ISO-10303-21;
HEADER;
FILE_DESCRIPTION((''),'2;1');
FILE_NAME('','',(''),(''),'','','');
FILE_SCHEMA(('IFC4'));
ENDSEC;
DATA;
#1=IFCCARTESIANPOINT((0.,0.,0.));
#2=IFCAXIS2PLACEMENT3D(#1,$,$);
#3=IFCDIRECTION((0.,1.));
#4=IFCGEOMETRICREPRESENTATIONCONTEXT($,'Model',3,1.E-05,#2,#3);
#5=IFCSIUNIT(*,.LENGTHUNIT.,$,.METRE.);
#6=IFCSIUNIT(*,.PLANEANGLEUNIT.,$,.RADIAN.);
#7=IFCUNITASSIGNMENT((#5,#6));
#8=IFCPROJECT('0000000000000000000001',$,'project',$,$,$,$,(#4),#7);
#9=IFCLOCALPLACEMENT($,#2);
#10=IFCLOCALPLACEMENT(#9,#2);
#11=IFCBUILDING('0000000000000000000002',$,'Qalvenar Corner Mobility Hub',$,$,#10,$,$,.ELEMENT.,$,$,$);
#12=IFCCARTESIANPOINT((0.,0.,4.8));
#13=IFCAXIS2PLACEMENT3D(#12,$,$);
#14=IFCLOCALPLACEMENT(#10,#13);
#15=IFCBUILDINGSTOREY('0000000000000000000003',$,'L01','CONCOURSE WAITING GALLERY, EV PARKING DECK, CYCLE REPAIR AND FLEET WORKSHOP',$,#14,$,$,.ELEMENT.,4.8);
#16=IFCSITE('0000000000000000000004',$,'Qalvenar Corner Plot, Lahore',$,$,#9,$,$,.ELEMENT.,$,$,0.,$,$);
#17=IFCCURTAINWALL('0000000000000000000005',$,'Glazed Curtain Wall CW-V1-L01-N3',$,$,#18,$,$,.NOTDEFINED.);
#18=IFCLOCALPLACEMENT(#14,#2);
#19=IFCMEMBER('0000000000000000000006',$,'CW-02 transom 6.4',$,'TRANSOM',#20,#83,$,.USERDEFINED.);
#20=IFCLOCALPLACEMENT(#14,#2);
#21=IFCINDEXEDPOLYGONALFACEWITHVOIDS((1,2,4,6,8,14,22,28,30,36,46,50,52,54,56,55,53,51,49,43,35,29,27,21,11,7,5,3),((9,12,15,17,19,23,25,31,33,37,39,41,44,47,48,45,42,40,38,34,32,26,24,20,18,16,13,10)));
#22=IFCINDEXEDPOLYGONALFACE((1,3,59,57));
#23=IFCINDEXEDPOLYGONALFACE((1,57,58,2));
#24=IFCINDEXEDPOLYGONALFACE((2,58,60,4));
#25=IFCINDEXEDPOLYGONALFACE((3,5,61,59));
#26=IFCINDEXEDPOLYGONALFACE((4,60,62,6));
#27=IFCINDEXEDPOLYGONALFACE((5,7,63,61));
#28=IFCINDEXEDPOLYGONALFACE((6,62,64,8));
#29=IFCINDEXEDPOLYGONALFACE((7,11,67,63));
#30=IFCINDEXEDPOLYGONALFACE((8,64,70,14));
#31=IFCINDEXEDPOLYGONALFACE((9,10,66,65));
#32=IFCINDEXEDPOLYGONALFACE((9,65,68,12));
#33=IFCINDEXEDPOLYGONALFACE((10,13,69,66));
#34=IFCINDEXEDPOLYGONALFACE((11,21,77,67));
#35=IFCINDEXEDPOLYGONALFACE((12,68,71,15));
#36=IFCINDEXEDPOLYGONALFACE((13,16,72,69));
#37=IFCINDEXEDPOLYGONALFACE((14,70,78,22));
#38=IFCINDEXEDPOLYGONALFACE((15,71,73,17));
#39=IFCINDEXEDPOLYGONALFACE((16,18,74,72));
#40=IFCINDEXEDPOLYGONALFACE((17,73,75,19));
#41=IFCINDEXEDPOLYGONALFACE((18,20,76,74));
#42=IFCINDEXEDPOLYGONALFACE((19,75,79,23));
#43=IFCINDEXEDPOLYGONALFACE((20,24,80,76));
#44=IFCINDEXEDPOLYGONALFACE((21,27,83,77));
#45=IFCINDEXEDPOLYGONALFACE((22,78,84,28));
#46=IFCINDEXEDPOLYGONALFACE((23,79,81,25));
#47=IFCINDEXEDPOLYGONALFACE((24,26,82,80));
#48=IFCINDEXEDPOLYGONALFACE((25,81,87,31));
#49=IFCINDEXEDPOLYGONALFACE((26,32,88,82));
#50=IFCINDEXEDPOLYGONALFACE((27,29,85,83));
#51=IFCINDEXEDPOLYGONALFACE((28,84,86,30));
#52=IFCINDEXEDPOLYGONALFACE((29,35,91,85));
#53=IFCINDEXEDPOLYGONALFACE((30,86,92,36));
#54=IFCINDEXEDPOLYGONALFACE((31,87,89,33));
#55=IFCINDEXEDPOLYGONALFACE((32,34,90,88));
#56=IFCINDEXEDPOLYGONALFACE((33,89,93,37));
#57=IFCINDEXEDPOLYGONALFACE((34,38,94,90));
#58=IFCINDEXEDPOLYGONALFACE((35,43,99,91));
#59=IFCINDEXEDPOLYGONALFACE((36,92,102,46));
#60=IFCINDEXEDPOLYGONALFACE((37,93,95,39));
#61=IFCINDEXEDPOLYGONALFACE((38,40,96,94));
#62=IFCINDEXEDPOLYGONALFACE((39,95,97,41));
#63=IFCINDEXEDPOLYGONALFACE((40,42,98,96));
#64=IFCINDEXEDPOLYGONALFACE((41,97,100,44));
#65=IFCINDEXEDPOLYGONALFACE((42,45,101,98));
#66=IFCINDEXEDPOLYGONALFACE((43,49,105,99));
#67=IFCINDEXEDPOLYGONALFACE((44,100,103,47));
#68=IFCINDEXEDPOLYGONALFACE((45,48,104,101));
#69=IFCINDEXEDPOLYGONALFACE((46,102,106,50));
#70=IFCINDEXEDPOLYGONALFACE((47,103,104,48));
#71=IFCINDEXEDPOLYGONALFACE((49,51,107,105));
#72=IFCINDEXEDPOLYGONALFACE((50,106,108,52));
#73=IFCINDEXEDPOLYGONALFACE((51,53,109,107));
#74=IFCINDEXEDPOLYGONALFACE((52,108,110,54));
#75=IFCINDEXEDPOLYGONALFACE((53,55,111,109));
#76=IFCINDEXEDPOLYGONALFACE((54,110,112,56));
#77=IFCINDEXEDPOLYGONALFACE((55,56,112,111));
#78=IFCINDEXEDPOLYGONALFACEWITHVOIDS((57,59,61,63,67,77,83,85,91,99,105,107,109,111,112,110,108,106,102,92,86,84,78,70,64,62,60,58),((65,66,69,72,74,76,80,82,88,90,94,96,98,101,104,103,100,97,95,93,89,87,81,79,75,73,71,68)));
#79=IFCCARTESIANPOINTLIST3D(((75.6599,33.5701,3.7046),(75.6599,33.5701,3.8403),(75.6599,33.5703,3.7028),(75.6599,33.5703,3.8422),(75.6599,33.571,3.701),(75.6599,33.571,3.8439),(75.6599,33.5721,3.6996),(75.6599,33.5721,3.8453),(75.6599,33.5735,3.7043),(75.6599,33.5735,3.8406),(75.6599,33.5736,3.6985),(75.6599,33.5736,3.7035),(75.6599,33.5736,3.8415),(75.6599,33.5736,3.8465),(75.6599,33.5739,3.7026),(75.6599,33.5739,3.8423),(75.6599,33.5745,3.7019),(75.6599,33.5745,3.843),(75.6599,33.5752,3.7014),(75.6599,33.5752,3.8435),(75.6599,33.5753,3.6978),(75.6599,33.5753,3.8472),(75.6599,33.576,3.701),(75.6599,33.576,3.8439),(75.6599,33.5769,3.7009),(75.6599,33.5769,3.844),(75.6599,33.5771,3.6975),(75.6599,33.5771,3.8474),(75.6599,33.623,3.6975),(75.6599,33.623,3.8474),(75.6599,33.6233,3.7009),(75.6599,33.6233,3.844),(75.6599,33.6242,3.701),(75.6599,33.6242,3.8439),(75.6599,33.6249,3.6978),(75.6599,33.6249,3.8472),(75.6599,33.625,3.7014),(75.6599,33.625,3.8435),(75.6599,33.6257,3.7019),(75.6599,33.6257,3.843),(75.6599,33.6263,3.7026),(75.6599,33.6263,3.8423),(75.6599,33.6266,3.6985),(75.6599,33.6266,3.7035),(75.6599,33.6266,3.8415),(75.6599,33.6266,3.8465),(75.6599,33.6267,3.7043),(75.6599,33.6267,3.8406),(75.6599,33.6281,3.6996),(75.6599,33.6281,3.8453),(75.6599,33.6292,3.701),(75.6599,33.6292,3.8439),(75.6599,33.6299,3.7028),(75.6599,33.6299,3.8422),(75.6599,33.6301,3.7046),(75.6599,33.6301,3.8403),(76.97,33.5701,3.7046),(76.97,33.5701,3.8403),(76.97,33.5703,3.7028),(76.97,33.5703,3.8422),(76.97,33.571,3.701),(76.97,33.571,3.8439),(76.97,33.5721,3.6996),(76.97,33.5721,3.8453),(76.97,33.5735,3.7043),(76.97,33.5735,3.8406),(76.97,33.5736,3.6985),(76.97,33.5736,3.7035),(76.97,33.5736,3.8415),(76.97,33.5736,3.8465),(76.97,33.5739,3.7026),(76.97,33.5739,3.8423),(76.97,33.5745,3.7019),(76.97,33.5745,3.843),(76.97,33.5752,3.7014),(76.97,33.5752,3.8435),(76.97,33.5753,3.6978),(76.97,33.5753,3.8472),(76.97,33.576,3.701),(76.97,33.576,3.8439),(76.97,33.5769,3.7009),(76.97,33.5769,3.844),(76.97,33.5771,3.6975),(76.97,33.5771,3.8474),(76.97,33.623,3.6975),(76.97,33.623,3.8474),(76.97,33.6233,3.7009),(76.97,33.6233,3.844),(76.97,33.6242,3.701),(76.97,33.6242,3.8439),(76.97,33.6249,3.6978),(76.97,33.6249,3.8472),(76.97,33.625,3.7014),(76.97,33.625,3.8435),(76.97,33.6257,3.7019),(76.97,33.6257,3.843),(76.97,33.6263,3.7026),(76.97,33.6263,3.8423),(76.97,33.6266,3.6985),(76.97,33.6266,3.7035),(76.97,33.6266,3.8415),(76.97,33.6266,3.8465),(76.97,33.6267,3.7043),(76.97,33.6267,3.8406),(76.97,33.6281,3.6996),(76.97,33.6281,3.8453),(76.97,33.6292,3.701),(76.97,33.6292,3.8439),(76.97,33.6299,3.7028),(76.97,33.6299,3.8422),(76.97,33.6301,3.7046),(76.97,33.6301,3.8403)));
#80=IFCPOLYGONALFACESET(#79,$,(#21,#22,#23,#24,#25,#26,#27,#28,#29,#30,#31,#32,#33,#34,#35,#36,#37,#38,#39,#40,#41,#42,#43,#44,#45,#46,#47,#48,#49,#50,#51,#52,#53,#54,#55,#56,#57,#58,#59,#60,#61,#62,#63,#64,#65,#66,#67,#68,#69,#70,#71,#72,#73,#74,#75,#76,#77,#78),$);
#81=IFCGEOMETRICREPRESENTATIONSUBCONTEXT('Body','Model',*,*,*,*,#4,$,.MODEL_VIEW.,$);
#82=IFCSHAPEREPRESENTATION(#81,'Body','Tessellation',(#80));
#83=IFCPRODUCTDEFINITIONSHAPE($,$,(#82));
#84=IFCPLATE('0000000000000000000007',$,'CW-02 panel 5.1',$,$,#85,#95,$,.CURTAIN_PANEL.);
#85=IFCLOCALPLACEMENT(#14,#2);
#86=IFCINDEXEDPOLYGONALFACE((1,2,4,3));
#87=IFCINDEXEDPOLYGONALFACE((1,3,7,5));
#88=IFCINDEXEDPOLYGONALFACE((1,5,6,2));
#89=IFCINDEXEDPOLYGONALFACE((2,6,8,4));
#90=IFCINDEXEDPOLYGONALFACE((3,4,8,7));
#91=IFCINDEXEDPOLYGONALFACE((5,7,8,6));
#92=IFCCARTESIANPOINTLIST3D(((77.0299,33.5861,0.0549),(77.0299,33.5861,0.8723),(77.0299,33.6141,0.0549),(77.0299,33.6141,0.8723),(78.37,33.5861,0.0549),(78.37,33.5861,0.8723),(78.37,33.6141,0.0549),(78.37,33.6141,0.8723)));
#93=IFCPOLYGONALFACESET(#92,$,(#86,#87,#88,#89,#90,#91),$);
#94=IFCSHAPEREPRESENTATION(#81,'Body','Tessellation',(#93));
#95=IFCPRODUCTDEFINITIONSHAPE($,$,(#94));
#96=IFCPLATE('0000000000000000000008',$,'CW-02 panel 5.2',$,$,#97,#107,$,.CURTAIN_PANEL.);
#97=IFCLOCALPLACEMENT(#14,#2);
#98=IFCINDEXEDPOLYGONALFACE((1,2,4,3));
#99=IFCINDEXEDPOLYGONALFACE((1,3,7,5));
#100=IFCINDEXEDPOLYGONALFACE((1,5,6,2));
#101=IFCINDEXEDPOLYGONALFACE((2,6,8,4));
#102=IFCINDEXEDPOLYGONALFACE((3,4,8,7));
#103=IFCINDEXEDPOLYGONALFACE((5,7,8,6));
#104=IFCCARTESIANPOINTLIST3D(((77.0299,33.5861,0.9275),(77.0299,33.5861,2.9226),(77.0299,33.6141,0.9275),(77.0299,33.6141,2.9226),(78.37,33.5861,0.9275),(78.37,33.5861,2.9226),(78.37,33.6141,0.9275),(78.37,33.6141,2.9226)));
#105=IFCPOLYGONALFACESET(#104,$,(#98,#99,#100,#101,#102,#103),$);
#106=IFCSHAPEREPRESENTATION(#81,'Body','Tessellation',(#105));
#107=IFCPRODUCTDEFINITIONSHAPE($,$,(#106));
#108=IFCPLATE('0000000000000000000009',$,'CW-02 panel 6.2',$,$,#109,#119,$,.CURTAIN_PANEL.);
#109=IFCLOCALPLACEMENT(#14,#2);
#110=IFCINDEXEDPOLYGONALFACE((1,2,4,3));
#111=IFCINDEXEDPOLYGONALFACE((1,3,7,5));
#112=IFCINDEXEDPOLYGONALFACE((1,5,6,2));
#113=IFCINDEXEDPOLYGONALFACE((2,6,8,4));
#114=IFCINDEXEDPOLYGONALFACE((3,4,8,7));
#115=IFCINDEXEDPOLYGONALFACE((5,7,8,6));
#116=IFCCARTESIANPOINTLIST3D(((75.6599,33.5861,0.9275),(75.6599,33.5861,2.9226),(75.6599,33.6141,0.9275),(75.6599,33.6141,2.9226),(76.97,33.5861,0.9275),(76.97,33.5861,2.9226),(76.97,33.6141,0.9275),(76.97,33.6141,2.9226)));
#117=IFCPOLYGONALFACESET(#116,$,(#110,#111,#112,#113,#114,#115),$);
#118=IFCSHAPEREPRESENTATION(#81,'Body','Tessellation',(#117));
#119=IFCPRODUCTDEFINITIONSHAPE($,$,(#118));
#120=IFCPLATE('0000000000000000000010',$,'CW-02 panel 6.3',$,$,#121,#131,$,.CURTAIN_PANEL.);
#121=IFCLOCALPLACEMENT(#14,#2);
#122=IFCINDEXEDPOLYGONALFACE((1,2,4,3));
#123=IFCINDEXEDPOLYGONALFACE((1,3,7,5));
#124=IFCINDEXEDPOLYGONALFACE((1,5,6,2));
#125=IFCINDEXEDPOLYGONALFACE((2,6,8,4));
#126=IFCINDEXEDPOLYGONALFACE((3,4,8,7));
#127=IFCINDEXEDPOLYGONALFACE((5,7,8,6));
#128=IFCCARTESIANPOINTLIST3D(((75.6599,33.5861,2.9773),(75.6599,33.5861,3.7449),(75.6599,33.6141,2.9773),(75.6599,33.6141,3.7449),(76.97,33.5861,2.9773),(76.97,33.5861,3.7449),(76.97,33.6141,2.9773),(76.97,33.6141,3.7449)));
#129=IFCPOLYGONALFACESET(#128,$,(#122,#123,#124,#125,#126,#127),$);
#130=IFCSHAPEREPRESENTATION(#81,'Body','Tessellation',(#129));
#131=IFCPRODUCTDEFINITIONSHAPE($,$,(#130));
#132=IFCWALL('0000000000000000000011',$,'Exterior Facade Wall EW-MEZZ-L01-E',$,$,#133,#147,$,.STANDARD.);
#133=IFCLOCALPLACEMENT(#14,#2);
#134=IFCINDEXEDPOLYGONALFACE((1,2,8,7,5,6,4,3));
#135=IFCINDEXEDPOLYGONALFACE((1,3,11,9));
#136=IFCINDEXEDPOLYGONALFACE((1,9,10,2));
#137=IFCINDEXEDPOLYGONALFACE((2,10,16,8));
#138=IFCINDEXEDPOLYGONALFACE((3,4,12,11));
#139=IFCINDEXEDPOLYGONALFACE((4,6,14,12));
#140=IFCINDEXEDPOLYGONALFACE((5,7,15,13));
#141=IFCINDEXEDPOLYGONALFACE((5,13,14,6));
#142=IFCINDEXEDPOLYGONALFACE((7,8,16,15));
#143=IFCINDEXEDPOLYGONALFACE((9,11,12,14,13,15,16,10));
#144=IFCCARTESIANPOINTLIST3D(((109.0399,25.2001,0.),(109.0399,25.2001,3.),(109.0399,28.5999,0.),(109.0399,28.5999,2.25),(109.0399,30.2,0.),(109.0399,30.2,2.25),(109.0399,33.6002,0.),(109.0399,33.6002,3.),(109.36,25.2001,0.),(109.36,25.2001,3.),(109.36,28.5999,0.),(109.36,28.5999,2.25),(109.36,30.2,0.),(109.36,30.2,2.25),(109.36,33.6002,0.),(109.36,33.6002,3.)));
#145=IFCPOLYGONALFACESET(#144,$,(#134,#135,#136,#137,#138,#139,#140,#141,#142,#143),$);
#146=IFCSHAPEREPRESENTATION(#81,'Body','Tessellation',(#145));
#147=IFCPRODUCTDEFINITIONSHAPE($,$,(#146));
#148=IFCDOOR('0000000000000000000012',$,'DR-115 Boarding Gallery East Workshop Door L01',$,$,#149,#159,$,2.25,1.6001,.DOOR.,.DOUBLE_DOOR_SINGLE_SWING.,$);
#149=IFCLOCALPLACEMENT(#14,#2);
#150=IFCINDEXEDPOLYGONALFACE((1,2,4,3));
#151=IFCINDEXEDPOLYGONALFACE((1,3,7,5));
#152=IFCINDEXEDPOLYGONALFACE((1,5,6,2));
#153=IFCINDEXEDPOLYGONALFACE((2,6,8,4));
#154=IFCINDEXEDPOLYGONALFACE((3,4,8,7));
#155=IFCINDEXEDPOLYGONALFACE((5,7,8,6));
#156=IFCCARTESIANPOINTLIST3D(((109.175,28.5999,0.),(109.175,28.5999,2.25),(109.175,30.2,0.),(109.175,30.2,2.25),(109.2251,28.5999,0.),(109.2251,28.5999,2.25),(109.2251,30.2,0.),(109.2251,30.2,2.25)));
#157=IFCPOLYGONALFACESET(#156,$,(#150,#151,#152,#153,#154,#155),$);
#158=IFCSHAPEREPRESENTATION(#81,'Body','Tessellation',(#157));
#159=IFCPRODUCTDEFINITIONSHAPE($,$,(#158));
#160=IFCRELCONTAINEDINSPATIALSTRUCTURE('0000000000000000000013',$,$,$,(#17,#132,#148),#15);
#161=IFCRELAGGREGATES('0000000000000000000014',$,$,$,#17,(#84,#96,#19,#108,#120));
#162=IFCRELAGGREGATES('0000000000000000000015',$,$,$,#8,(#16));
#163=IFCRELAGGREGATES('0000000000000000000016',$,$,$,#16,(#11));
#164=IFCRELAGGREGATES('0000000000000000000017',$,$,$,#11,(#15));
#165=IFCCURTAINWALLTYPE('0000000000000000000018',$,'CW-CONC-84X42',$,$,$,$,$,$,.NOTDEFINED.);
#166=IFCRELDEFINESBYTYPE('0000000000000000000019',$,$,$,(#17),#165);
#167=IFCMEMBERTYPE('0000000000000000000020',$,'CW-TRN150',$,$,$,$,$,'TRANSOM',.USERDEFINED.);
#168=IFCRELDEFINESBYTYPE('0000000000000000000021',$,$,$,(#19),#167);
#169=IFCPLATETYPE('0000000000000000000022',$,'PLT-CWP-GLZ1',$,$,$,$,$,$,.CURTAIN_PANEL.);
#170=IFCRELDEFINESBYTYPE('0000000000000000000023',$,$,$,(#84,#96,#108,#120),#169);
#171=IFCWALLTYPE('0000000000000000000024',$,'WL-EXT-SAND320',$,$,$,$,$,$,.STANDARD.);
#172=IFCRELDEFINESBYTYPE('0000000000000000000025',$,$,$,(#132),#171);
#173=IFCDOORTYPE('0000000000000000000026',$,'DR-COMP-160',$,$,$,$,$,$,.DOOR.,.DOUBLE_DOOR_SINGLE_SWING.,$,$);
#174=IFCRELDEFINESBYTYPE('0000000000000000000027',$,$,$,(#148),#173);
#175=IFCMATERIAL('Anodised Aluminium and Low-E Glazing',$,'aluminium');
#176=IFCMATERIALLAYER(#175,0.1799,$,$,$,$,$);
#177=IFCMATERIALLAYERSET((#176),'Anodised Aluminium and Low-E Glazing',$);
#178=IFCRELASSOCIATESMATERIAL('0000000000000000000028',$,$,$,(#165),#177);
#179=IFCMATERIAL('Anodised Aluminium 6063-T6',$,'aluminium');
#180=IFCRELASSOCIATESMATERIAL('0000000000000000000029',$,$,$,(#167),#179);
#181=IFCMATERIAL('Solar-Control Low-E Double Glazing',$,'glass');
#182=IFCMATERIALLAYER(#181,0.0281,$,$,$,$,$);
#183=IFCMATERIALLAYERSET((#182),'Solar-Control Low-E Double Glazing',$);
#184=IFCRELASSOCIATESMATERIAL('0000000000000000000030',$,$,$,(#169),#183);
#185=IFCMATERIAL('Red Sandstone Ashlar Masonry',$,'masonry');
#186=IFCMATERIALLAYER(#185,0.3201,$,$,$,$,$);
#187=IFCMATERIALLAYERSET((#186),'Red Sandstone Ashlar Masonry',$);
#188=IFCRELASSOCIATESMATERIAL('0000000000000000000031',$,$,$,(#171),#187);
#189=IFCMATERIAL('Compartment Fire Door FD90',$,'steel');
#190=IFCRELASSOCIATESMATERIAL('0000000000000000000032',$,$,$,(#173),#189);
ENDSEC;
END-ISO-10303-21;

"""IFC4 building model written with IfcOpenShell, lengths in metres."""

from ifc_helpers import new_model, si_unit, direction, frame, frame_2d, origin, origin_2d, place, context, subcontext, project, spatial, rectangle, hollow_rectangle, extrude, material, layer, layer_set, material_profile, profile_set, type_object, element, fill, aggregate, save


model = new_model("IFC4")

# Units and contexts
model_context = context("Model", 3, precision=1e-05, world=origin(), true_north=direction((0.0, 1.0)))
body_context = subcontext(model_context, "Body", "Model", "MODEL_VIEW")
ifc_project = project(units=[si_unit("LENGTHUNIT", "METRE"), si_unit("PLANEANGLEUNIT", "RADIAN")], contexts=[model_context])

# Site, building, storey
site_placement = place(None, origin())
site = spatial("IfcSite", under=ifc_project, at=site_placement, Name="Qalvenar Corner Plot, Lahore", CompositionType="ELEMENT", RefElevation=0.0)
building_placement = place(site_placement, origin())
building = spatial("IfcBuilding", under=site, at=building_placement, Name="Qalvenar Corner Mobility Hub", CompositionType="ELEMENT")
storey_placement = place(building_placement, frame((0.0, 0.0, 4.8)))
storey = spatial("IfcBuildingStorey", under=building, at=storey_placement, Name="L01", Description="CONCOURSE WAITING GALLERY, EV PARKING DECK, CYCLE REPAIR AND FLEET WORKSHOP", CompositionType="ELEMENT", Elevation=4.8)

# Curtain wall, member, plates
ifc_material_1 = material(Name="Anodised Aluminium and Low-E Glazing", Category="aluminium")
ifc_layer_1 = layer(ifc_material_1, 0.1799)
ifc_layer_set_1 = layer_set([ifc_layer_1], Name="Anodised Aluminium and Low-E Glazing")
curtain_wall_type = type_object("IfcCurtainWallType", Name="CW-CONC-84X42", PredefinedType="NOTDEFINED", material=ifc_layer_set_1)
curtain_wall_placement = place(storey_placement, origin())
curtain_wall = element("IfcCurtainWall", 1, at=curtain_wall_placement, inside=storey, type_object=curtain_wall_type, Name="Glazed Curtain Wall CW-V1-L01-N3", PredefinedType="NOTDEFINED")
ifc_material_2 = material(Name="Anodised Aluminium 6063-T6", Category="aluminium")
ifc_material_profile_1 = material_profile(ifc_material_2, hollow_rectangle(XDim=0.0601, YDim=0.1499, WallThickness=0.0034, InnerFilletRadius=0.0034, OuterFilletRadius=0.0071, at=origin_2d()), Name="RHS150x60x3.5")
ifc_profile_set_1 = profile_set([ifc_material_profile_1], Name="Anodised Aluminium 6063-T6")
member_type_1 = type_object("IfcMemberType", Name="CW-TRN150", ElementType="TRANSOM", PredefinedType="USERDEFINED", material=ifc_profile_set_1)
member_1_placement = place(storey_placement, frame((76.97, 33.6001, 3.7725), z_axis=(-1.0, 0.0, 0.0), x_axis=(0.0, -1.0, 0.0)))
member_1 = element("IfcMember", 2, at=member_1_placement, type_object=member_type_1, Name="CW-02 transom 6.4", ObjectType="TRANSOM", PredefinedType="USERDEFINED", context=body_context, shape_type="SweptSolid", body=[
    extrude(hollow_rectangle(XDim=0.0601, YDim=0.1499, WallThickness=0.0034, InnerFilletRadius=0.0034, OuterFilletRadius=0.0071, at=origin_2d()), origin(), (0.0, 0.0, 1.0), 1.3101),
])
ifc_material_3 = material(Name="Solar-Control Low-E Double Glazing", Category="glass")
ifc_layer_2 = layer(ifc_material_3, 0.0281)
ifc_layer_set_2 = layer_set([ifc_layer_2], Name="Solar-Control Low-E Double Glazing")
plate_type = type_object("IfcPlateType", Name="PLT-CWP-GLZ1", PredefinedType="CURTAIN_PANEL", material=ifc_layer_set_2)
plate_1_placement = place(storey_placement, frame((77.7, 33.6001, 0.0549), z_axis=(0.0, 0.0, 1.0), x_axis=(-1.0, 0.0, 0.0)))
plate_1 = element("IfcPlate", 3, at=plate_1_placement, type_object=plate_type, Name="CW-02 panel 5.1", PredefinedType="CURTAIN_PANEL", context=body_context, shape_type="SweptSolid", body=[
    extrude(rectangle(XDim=1.3401, YDim=0.0281, at=origin_2d()), origin(), (0.0, 0.0, 1.0), 0.8174),
])
plate_2_placement = place(storey_placement, frame((77.7, 33.6001, 0.9275), z_axis=(0.0, 0.0, 1.0), x_axis=(-1.0, 0.0, 0.0)))
plate_2 = element("IfcPlate", 4, at=plate_2_placement, type_object=plate_type, Name="CW-02 panel 5.2", PredefinedType="CURTAIN_PANEL", context=body_context, shape_type="SweptSolid", body=[
    extrude(rectangle(XDim=1.3401, YDim=0.0281, at=origin_2d()), origin(), (0.0, 0.0, 1.0), 1.9951),
])
plate_3_placement = place(storey_placement, frame((76.3149, 33.6001, 0.9275), z_axis=(0.0, 0.0, 1.0), x_axis=(-1.0, 0.0, 0.0)))
plate_3 = element("IfcPlate", 5, at=plate_3_placement, type_object=plate_type, Name="CW-02 panel 6.2", PredefinedType="CURTAIN_PANEL", context=body_context, shape_type="SweptSolid", body=[
    extrude(rectangle(XDim=1.3101, YDim=0.0281, at=origin_2d()), origin(), (0.0, 0.0, 1.0), 1.9951),
])
plate_4_placement = place(storey_placement, frame((76.3149, 33.6001, 2.9773), z_axis=(0.0, 0.0, 1.0), x_axis=(-1.0, 0.0, 0.0)))
plate_4 = element("IfcPlate", 6, at=plate_4_placement, type_object=plate_type, Name="CW-02 panel 6.3", PredefinedType="CURTAIN_PANEL", context=body_context, shape_type="SweptSolid", body=[
    extrude(rectangle(XDim=1.3101, YDim=0.0281, at=origin_2d()), origin(), (0.0, 0.0, 1.0), 0.7676),
])
aggregate(curtain_wall, [plate_1, plate_2, member_1, plate_3, plate_4])

# Wall, opening, door
ifc_material_4 = material(Name="Red Sandstone Ashlar Masonry", Category="masonry")
ifc_layer_3 = layer(ifc_material_4, 0.3201)
ifc_layer_set_3 = layer_set([ifc_layer_3], Name="Red Sandstone Ashlar Masonry")
wall_type = type_object("IfcWallType", Name="WL-EXT-SAND320", PredefinedType="STANDARD", material=ifc_layer_set_3)
wall_placement = place(storey_placement, frame((109.2, 25.2, 0.0), z_axis=(0.0, 0.0, 1.0), x_axis=(0.0, 1.0, 0.0)))
wall = element("IfcWall", 7, at=wall_placement, inside=storey, type_object=wall_type, Name="Exterior Facade Wall EW-MEZZ-L01-E", PredefinedType="STANDARD", context=body_context, shape_type="SweptSolid", body=[
    extrude(rectangle(XDim=8.4001, YDim=0.3201, at=frame_2d((4.2002, 0.0))), origin(), (0.0, 0.0, 1.0), 3.0),
])
opening_placement = place(wall_placement, frame((3.3999, 0.0, 0.0)))
opening = element("IfcOpeningElement", 8, at=opening_placement, cuts=wall, PredefinedType="OPENING", context=body_context, shape_type="SweptSolid", body=[
    extrude(rectangle(XDim=1.6001, YDim=2.25, at=frame_2d((0.8, 1.125))), frame((0.0, 0.1699, 0.0), z_axis=(0.0, -1.0, 0.0), x_axis=(1.0, 0.0, 0.0)), (0.0, 0.0, 1.0), 0.3401),
])
ifc_material_5 = material(Name="Compartment Fire Door FD90", Category="steel")
door_type = type_object("IfcDoorType", Name="DR-COMP-160", OperationType="DOUBLE_DOOR_SINGLE_SWING", PredefinedType="DOOR", material=ifc_material_5)
door_placement = place(opening_placement, origin())
door = element("IfcDoor", 9, at=door_placement, inside=storey, type_object=door_type, Name="DR-115 Boarding Gallery East Workshop Door L01", OperationType="DOUBLE_DOOR_SINGLE_SWING", OverallHeight=2.25, OverallWidth=1.6001, PredefinedType="DOOR", context=body_context, shape_type="SweptSolid", body=[
    extrude(rectangle(XDim=1.6001, YDim=2.25, at=frame_2d((0.8, 1.125))), frame((0.0, 0.0249, 0.0), z_axis=(0.0, -1.0, 0.0), x_axis=(1.0, 0.0, 0.0)), (0.0, 0.0, 1.0), 0.05),
])
fill(opening, door)

save(model, "model.ifc")
